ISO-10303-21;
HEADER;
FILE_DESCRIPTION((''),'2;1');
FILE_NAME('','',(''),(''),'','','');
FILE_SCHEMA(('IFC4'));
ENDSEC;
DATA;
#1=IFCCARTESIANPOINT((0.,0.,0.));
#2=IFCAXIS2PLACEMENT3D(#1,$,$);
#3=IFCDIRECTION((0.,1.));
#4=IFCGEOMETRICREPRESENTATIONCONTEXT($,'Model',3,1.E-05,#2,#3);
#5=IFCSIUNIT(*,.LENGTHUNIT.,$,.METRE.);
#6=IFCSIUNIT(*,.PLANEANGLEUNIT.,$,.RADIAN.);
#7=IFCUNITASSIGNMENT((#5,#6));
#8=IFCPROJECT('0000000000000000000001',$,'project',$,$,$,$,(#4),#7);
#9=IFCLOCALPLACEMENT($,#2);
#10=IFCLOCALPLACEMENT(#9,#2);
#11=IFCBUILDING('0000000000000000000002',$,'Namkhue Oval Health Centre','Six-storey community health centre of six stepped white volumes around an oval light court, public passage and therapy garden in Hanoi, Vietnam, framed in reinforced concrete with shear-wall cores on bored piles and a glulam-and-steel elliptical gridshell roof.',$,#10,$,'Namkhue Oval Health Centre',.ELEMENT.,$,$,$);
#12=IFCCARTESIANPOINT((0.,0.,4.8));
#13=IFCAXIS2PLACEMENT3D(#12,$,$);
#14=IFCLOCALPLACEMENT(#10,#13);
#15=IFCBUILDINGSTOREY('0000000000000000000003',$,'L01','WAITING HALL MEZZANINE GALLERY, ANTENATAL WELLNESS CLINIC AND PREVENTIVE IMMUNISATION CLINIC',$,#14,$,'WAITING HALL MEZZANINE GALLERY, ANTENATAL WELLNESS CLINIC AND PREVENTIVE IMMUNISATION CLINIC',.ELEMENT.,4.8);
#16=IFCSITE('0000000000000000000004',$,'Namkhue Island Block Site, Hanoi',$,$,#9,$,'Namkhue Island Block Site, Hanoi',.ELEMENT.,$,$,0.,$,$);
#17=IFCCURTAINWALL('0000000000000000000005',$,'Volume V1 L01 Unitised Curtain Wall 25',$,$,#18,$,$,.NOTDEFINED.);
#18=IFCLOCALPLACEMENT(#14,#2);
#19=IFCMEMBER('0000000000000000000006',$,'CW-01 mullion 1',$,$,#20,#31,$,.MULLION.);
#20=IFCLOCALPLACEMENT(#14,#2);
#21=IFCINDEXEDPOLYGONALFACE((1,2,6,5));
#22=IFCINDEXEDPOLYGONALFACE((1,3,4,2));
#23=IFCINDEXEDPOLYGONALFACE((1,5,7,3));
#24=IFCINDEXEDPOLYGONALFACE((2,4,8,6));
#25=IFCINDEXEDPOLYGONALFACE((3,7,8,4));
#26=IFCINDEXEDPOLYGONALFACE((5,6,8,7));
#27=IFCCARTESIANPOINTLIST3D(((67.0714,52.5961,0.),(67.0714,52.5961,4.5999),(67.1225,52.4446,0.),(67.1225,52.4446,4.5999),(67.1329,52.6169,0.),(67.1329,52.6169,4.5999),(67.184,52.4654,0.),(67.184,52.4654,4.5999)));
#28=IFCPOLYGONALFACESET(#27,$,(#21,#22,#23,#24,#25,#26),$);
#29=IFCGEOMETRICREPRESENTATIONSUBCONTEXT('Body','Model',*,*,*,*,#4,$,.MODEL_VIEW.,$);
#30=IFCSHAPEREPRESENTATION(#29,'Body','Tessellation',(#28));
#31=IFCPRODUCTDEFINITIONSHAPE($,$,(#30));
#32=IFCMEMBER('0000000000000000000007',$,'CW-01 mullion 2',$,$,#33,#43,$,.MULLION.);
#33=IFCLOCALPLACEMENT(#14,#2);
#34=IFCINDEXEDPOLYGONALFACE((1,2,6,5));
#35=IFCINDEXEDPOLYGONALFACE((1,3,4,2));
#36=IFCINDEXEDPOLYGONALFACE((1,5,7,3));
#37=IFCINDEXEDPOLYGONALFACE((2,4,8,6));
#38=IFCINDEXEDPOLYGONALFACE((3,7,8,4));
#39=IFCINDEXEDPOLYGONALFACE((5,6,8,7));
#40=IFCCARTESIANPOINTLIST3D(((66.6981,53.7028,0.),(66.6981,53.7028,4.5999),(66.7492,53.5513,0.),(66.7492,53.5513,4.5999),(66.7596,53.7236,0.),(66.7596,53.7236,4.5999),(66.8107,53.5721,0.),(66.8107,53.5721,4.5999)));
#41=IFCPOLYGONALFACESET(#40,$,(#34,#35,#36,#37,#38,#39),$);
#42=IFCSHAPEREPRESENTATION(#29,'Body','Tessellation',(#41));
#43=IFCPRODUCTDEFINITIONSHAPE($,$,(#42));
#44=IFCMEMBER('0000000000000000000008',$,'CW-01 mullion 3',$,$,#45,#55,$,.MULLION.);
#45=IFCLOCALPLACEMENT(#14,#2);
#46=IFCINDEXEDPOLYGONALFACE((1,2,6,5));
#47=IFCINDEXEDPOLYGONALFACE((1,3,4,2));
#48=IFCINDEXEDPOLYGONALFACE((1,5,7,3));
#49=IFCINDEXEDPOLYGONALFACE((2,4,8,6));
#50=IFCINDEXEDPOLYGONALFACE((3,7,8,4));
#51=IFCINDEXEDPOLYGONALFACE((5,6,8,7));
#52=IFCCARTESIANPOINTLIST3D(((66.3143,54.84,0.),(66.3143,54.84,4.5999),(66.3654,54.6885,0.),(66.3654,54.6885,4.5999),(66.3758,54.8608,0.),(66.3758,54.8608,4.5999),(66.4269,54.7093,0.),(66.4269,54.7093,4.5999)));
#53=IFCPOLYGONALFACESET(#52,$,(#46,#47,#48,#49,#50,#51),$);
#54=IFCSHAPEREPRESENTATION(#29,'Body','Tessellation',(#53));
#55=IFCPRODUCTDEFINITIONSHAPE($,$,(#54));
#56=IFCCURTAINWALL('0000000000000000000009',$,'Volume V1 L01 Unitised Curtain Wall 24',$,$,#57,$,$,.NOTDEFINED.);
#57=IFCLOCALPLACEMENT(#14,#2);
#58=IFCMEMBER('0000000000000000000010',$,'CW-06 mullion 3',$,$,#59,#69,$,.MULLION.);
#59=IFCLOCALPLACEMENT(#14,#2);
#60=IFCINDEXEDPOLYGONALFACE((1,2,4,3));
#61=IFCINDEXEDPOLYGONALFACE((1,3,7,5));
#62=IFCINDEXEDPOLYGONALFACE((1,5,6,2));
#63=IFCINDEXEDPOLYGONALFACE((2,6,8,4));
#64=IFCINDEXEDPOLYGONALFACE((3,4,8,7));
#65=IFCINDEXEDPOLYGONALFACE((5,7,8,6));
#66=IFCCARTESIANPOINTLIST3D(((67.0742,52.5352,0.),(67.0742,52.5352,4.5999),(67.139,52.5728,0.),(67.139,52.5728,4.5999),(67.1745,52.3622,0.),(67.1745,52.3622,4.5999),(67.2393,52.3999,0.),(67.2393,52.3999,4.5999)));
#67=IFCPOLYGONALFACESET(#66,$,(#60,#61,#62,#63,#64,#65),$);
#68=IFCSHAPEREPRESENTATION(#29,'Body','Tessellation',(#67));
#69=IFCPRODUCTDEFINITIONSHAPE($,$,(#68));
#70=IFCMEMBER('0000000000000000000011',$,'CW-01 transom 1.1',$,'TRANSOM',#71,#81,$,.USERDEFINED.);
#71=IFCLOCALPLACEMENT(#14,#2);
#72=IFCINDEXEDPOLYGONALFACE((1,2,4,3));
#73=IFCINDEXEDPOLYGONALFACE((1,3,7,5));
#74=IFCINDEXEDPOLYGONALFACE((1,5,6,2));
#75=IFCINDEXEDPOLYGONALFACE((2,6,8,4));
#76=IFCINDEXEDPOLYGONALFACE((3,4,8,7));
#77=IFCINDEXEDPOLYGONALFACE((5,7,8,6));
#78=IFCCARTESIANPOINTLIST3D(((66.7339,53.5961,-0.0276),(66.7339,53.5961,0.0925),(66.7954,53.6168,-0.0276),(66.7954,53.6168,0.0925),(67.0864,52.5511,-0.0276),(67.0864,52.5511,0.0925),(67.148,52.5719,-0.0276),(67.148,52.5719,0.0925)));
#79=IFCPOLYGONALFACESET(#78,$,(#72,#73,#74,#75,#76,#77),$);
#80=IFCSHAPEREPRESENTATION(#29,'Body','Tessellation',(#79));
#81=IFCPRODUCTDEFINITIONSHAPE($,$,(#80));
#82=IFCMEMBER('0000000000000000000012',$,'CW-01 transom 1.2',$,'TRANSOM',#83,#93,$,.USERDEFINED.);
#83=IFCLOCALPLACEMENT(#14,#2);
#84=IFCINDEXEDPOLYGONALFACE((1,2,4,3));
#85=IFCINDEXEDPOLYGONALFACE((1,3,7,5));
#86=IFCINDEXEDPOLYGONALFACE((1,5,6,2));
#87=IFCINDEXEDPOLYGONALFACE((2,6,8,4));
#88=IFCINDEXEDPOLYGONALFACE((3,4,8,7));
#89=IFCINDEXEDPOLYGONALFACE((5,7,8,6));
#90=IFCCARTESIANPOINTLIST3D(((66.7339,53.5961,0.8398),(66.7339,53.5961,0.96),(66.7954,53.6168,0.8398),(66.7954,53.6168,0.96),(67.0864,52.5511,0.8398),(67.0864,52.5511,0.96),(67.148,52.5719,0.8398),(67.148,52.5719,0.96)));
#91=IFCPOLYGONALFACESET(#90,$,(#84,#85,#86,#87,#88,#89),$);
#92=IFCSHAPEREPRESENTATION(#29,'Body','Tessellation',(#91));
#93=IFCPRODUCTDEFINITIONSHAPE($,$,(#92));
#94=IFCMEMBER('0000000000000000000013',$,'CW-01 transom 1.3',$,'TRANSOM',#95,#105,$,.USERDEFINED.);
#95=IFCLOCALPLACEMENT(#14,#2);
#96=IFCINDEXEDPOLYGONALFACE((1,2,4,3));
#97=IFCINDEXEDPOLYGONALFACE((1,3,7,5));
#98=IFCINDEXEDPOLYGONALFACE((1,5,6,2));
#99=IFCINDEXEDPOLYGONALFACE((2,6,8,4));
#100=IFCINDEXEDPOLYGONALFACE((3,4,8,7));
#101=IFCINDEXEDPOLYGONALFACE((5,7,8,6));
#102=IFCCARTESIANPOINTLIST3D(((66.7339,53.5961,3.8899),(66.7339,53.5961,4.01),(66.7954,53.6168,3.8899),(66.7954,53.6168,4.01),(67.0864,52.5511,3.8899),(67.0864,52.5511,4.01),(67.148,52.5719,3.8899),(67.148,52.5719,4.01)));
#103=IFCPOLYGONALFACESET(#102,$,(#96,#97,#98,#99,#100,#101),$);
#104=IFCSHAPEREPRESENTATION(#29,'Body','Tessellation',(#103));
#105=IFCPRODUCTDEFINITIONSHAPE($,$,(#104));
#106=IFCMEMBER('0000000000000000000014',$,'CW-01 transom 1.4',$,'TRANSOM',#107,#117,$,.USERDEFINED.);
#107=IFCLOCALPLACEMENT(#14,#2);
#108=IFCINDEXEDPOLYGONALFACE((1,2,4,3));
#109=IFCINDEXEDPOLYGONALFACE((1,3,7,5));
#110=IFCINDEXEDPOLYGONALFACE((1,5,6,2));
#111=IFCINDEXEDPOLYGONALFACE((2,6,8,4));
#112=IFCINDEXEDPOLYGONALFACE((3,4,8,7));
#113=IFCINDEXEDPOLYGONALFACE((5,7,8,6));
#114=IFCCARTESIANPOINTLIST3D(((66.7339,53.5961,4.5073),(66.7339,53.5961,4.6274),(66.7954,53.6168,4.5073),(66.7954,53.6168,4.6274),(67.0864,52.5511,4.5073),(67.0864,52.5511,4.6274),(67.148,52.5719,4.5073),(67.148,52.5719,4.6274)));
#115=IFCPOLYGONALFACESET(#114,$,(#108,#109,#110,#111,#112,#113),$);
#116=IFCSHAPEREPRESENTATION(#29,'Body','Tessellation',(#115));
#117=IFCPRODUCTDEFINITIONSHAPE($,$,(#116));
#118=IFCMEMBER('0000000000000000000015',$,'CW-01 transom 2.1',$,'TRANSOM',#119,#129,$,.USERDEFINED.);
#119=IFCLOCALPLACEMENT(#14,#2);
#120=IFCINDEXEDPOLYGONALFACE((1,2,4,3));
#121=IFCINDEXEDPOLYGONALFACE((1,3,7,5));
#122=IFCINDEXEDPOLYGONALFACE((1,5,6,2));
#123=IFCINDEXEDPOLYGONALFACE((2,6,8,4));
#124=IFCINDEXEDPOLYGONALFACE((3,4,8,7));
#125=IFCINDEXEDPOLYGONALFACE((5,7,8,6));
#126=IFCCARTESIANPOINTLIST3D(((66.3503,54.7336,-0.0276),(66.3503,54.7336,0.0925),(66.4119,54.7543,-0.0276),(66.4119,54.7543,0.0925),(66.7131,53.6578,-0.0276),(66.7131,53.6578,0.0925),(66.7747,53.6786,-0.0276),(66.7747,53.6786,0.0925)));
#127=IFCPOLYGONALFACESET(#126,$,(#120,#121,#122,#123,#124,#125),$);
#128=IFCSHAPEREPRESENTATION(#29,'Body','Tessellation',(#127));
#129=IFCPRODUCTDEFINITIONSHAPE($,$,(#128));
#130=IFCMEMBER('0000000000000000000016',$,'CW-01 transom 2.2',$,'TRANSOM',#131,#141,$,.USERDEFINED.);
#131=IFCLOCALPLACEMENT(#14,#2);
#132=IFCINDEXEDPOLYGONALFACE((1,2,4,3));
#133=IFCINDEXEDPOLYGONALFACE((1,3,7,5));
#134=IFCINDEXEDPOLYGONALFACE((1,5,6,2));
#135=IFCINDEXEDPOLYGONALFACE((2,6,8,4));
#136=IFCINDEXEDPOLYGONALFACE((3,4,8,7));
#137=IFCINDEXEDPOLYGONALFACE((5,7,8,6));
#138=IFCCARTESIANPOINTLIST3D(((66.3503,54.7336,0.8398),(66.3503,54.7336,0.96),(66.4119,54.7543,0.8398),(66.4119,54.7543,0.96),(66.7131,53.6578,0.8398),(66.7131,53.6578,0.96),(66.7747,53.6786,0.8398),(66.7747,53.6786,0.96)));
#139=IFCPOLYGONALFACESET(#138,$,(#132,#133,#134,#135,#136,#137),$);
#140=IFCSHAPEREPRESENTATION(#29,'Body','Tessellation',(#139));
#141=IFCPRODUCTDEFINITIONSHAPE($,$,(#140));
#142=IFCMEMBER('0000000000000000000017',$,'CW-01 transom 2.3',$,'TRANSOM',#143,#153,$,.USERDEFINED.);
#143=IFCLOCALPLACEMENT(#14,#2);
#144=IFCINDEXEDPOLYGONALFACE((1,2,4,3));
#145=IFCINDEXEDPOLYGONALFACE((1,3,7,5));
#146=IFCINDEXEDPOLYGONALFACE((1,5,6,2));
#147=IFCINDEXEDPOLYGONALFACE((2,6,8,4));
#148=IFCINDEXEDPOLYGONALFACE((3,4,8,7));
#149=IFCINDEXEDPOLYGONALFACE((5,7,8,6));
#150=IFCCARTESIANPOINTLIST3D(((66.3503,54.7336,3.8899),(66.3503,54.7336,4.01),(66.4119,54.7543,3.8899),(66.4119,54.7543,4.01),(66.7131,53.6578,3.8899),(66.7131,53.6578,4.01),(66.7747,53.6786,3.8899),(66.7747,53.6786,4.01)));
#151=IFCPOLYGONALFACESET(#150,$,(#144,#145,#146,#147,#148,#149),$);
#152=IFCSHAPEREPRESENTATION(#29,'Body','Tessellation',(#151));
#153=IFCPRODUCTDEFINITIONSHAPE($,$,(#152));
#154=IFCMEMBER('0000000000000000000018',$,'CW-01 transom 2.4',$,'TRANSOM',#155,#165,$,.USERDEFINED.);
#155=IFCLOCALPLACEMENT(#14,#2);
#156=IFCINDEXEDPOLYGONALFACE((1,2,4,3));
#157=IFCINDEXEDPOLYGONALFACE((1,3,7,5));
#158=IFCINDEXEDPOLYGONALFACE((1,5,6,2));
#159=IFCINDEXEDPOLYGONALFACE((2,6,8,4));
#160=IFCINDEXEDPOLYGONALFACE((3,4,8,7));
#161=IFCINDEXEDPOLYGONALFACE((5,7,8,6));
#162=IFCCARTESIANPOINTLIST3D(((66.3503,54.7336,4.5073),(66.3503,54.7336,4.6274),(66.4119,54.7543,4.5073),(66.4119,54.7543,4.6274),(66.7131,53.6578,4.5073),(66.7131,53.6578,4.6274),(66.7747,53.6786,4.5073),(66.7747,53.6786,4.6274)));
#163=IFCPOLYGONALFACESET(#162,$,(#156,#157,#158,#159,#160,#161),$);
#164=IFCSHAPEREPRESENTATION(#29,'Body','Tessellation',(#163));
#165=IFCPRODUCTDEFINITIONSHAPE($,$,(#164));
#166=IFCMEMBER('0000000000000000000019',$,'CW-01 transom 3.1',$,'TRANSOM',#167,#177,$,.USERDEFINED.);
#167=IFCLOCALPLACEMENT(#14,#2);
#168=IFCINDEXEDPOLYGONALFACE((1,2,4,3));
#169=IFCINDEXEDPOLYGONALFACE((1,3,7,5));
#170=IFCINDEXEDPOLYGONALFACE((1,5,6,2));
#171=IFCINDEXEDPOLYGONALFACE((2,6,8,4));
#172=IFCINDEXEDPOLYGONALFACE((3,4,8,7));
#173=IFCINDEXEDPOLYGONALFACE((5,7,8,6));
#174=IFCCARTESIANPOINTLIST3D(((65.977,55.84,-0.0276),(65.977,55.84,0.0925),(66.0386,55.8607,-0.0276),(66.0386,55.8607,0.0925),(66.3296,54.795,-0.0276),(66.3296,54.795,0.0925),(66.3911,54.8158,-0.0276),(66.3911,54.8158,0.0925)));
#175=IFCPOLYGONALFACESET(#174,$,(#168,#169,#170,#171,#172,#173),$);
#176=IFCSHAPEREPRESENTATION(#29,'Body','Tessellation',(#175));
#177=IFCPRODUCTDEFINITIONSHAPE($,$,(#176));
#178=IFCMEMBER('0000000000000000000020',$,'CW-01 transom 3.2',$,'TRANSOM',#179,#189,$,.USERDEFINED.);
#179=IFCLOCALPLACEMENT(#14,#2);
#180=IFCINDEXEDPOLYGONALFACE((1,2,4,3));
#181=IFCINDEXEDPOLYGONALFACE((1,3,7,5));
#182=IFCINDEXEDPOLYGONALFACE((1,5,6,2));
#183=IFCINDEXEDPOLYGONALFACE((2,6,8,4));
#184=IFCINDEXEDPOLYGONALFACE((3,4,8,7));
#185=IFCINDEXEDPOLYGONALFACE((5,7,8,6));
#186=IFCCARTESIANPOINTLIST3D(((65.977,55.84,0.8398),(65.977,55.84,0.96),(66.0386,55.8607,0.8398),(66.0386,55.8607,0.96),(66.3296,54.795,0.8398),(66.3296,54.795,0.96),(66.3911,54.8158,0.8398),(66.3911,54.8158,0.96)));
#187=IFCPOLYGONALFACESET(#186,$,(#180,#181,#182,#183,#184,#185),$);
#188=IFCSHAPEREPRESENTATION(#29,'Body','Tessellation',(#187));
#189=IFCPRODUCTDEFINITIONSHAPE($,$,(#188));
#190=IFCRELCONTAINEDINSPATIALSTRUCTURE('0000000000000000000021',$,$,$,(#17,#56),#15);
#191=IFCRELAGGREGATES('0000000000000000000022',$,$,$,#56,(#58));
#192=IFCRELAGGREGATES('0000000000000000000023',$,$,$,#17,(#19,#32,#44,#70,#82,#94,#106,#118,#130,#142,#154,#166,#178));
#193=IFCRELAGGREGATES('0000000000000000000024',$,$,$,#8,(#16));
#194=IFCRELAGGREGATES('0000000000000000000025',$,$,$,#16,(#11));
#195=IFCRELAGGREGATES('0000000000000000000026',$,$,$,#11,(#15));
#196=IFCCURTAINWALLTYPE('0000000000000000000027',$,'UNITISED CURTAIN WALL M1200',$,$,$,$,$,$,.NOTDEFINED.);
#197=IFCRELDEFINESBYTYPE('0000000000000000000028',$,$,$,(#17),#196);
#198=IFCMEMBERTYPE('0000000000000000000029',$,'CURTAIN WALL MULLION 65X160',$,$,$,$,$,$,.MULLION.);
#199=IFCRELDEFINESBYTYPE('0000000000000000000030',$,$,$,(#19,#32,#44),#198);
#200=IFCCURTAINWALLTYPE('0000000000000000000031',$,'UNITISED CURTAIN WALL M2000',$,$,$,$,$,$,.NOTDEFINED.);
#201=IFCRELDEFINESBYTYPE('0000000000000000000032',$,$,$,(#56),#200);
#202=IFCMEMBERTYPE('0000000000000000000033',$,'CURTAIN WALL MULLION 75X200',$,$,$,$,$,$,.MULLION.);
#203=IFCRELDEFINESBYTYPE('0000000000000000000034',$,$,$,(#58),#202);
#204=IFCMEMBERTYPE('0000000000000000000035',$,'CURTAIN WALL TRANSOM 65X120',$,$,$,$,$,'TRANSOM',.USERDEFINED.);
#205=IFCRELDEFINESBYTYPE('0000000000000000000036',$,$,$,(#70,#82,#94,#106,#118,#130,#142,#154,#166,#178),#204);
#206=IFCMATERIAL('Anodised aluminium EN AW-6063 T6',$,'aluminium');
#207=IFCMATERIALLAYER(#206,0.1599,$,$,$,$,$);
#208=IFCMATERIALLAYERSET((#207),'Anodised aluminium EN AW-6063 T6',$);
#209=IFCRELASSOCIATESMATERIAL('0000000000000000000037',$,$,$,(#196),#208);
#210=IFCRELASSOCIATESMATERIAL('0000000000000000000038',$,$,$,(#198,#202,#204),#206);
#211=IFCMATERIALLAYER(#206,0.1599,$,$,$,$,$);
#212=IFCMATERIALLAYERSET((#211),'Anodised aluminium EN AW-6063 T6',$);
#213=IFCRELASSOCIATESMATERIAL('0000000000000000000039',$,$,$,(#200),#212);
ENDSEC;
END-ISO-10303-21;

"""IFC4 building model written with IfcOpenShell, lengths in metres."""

from ifc_helpers import new_model, si_unit, direction, frame, origin, origin_2d, place, context, subcontext, project, spatial, rectangle, extrude, material, layer, layer_set, material_profile, profile_set, type_object, element, aggregate, save


model = new_model("IFC4")

# Units and contexts
model_context = context("Model", 3, precision=1e-05, world=origin(), true_north=direction((0.0, 1.0)))
body_context = subcontext(model_context, "Body", "Model", "MODEL_VIEW")
ifc_project = project(units=[si_unit("LENGTHUNIT", "METRE"), si_unit("PLANEANGLEUNIT", "RADIAN")], contexts=[model_context])

# Site, building, storey
site_placement = place(None, origin())
site = spatial("IfcSite", under=ifc_project, at=site_placement, Name="Namkhue Island Block Site, Hanoi", LongName="Namkhue Island Block Site, Hanoi", CompositionType="ELEMENT", RefElevation=0.0)
building_placement = place(site_placement, origin())
building = spatial("IfcBuilding", under=site, at=building_placement, Name="Namkhue Oval Health Centre", Description="Six-storey community health centre of six stepped white volumes around an oval light court, public passage and therapy garden in Hanoi, Vietnam, framed in reinforced concrete with shear-wall cores on bored piles and a glulam-and-steel elliptical gridshell roof.", LongName="Namkhue Oval Health Centre", CompositionType="ELEMENT")
storey_placement = place(building_placement, frame((0.0, 0.0, 4.8)))
storey = spatial("IfcBuildingStorey", under=building, at=storey_placement, Name="L01", Description="WAITING HALL MEZZANINE GALLERY, ANTENATAL WELLNESS CLINIC AND PREVENTIVE IMMUNISATION CLINIC", LongName="WAITING HALL MEZZANINE GALLERY, ANTENATAL WELLNESS CLINIC AND PREVENTIVE IMMUNISATION CLINIC", CompositionType="ELEMENT", Elevation=4.8)

# Curtain wall, members
ifc_material_1 = material(Name="Anodised aluminium EN AW-6063 T6", Category="aluminium")
ifc_layer_1 = layer(ifc_material_1, 0.1599)
ifc_layer_set_1 = layer_set([ifc_layer_1], Name="Anodised aluminium EN AW-6063 T6")
curtain_wall_type_1 = type_object("IfcCurtainWallType", Name="UNITISED CURTAIN WALL M1200", PredefinedType="NOTDEFINED", material=ifc_layer_set_1)
curtain_wall_1_placement = place(storey_placement, origin())
curtain_wall_1 = element("IfcCurtainWall", 1, at=curtain_wall_1_placement, inside=storey, type_object=curtain_wall_type_1, Name="Volume V1 L01 Unitised Curtain Wall 25", PredefinedType="NOTDEFINED")
ifc_material_profile_1 = material_profile(ifc_material_1, rectangle(XDim=0.0649, YDim=0.1599, at=origin_2d()), Name="ALU 65x160")
ifc_profile_set_1 = profile_set([ifc_material_profile_1], Name="Anodised aluminium EN AW-6063 T6")
member_type_1 = type_object("IfcMemberType", Name="CURTAIN WALL MULLION 65X160", PredefinedType="MULLION", material=ifc_profile_set_1)
member_1_placement = place(storey_placement, frame((67.1277, 52.5308, 0.0), z_axis=(0.0, 0.0, 1.0), x_axis=(-0.947539, -0.319642, 0.0)))
member_1 = element("IfcMember", 2, at=member_1_placement, type_object=member_type_1, Name="CW-01 mullion 1", PredefinedType="MULLION", context=body_context, shape_type="SweptSolid", body=[
    extrude(rectangle(XDim=0.0649, YDim=0.1599, at=origin_2d()), origin(), (0.0, 0.0, 1.0), 4.5999),
])
member_2_placement = place(storey_placement, frame((66.7544, 53.6375, 0.0), z_axis=(0.0, 0.0, 1.0), x_axis=(-0.947539, -0.319642, 0.0)))
member_2 = element("IfcMember", 3, at=member_2_placement, type_object=member_type_1, Name="CW-01 mullion 2", PredefinedType="MULLION", context=body_context, shape_type="SweptSolid", body=[
    extrude(rectangle(XDim=0.0649, YDim=0.1599, at=origin_2d()), origin(), (0.0, 0.0, 1.0), 4.5999),
])
member_3_placement = place(storey_placement, frame((66.3706, 54.7747, 0.0), z_axis=(0.0, 0.0, 1.0), x_axis=(-0.947539, -0.319642, 0.0)))
member_3 = element("IfcMember", 4, at=member_3_placement, type_object=member_type_1, Name="CW-01 mullion 3", PredefinedType="MULLION", context=body_context, shape_type="SweptSolid", body=[
    extrude(rectangle(XDim=0.0649, YDim=0.1599, at=origin_2d()), origin(), (0.0, 0.0, 1.0), 4.5999),
])

# Curtain wall, member
ifc_layer_2 = layer(ifc_material_1, 0.1599)
ifc_layer_set_2 = layer_set([ifc_layer_2], Name="Anodised aluminium EN AW-6063 T6")
curtain_wall_type_2 = type_object("IfcCurtainWallType", Name="UNITISED CURTAIN WALL M2000", PredefinedType="NOTDEFINED", material=ifc_layer_set_2)
curtain_wall_2_placement = place(storey_placement, origin())
curtain_wall_2 = element("IfcCurtainWall", 5, at=curtain_wall_2_placement, inside=storey, type_object=curtain_wall_type_2, Name="Volume V1 L01 Unitised Curtain Wall 24", PredefinedType="NOTDEFINED")
ifc_material_profile_2 = material_profile(ifc_material_1, rectangle(XDim=0.075, YDim=0.2, at=origin_2d()), Name="ALU 75x200")
ifc_profile_set_2 = profile_set([ifc_material_profile_2], Name="Anodised aluminium EN AW-6063 T6")
member_type_2 = type_object("IfcMemberType", Name="CURTAIN WALL MULLION 75X200", PredefinedType="MULLION", material=ifc_profile_set_2)
member_4_placement = place(storey_placement, frame((67.1567, 52.4675, 0.0), z_axis=(0.0, 0.0, 1.0), x_axis=(-0.865008, -0.501758, 0.0)))
member_4 = element("IfcMember", 6, at=member_4_placement, type_object=member_type_2, Name="CW-06 mullion 3", PredefinedType="MULLION", context=body_context, shape_type="SweptSolid", body=[
    extrude(rectangle(XDim=0.075, YDim=0.2, at=origin_2d()), origin(), (0.0, 0.0, 1.0), 4.5999),
])
aggregate(curtain_wall_2, [member_4])

# Members
ifc_material_profile_3 = material_profile(ifc_material_1, rectangle(XDim=0.0649, YDim=0.1201, at=origin_2d()), Name="ALU 65x120")
ifc_profile_set_3 = profile_set([ifc_material_profile_3], Name="Anodised aluminium EN AW-6063 T6")
member_type_3 = type_object("IfcMemberType", Name="CURTAIN WALL TRANSOM 65X120", ElementType="TRANSOM", PredefinedType="USERDEFINED", material=ifc_profile_set_3)
member_5_placement = place(storey_placement, frame((67.1172, 52.5615, 0.0325), z_axis=(-0.319679, 0.947526, 0.0), x_axis=(-0.947526, -0.319679, 0.0)))
member_5 = element("IfcMember", 7, at=member_5_placement, type_object=member_type_3, Name="CW-01 transom 1.1", ObjectType="TRANSOM", PredefinedType="USERDEFINED", context=body_context, shape_type="SweptSolid", body=[
    extrude(rectangle(XDim=0.0649, YDim=0.1201, at=origin_2d()), origin(), (0.0, 0.0, 1.0), 1.1028),
])
member_6_placement = place(storey_placement, frame((67.1172, 52.5615, 0.8999), z_axis=(-0.319679, 0.947526, 0.0), x_axis=(-0.947526, -0.319679, 0.0)))
member_6 = element("IfcMember", 8, at=member_6_placement, type_object=member_type_3, Name="CW-01 transom 1.2", ObjectType="TRANSOM", PredefinedType="USERDEFINED", context=body_context, shape_type="SweptSolid", body=[
    extrude(rectangle(XDim=0.0649, YDim=0.1201, at=origin_2d()), origin(), (0.0, 0.0, 1.0), 1.1028),
])
member_7_placement = place(storey_placement, frame((67.1172, 52.5615, 3.95), z_axis=(-0.319679, 0.947526, 0.0), x_axis=(-0.947526, -0.319679, 0.0)))
member_7 = element("IfcMember", 9, at=member_7_placement, type_object=member_type_3, Name="CW-01 transom 1.3", ObjectType="TRANSOM", PredefinedType="USERDEFINED", context=body_context, shape_type="SweptSolid", body=[
    extrude(rectangle(XDim=0.0649, YDim=0.1201, at=origin_2d()), origin(), (0.0, 0.0, 1.0), 1.1028),
])
member_8_placement = place(storey_placement, frame((67.1172, 52.5615, 4.5674), z_axis=(-0.319679, 0.947526, 0.0), x_axis=(-0.947526, -0.319679, 0.0)))
member_8 = element("IfcMember", 10, at=member_8_placement, type_object=member_type_3, Name="CW-01 transom 1.4", ObjectType="TRANSOM", PredefinedType="USERDEFINED", context=body_context, shape_type="SweptSolid", body=[
    extrude(rectangle(XDim=0.0649, YDim=0.1201, at=origin_2d()), origin(), (0.0, 0.0, 1.0), 1.1028),
])
member_9_placement = place(storey_placement, frame((66.7439, 53.6682, 0.0325), z_axis=(-0.319581, 0.947559, 0.0), x_axis=(-0.947559, -0.319581, 0.0)))
member_9 = element("IfcMember", 11, at=member_9_placement, type_object=member_type_3, Name="CW-01 transom 2.1", ObjectType="TRANSOM", PredefinedType="USERDEFINED", context=body_context, shape_type="SweptSolid", body=[
    extrude(rectangle(XDim=0.0649, YDim=0.1201, at=origin_2d()), origin(), (0.0, 0.0, 1.0), 1.1353),
])
member_10_placement = place(storey_placement, frame((66.7439, 53.6682, 0.8999), z_axis=(-0.319581, 0.947559, 0.0), x_axis=(-0.947559, -0.319581, 0.0)))
member_10 = element("IfcMember", 12, at=member_10_placement, type_object=member_type_3, Name="CW-01 transom 2.2", ObjectType="TRANSOM", PredefinedType="USERDEFINED", context=body_context, shape_type="SweptSolid", body=[
    extrude(rectangle(XDim=0.0649, YDim=0.1201, at=origin_2d()), origin(), (0.0, 0.0, 1.0), 1.1353),
])
member_11_placement = place(storey_placement, frame((66.7439, 53.6682, 3.95), z_axis=(-0.319581, 0.947559, 0.0), x_axis=(-0.947559, -0.319581, 0.0)))
member_11 = element("IfcMember", 13, at=member_11_placement, type_object=member_type_3, Name="CW-01 transom 2.3", ObjectType="TRANSOM", PredefinedType="USERDEFINED", context=body_context, shape_type="SweptSolid", body=[
    extrude(rectangle(XDim=0.0649, YDim=0.1201, at=origin_2d()), origin(), (0.0, 0.0, 1.0), 1.1353),
])
member_12_placement = place(storey_placement, frame((66.7439, 53.6682, 4.5674), z_axis=(-0.319581, 0.947559, 0.0), x_axis=(-0.947559, -0.319581, 0.0)))
member_12 = element("IfcMember", 14, at=member_12_placement, type_object=member_type_3, Name="CW-01 transom 2.4", ObjectType="TRANSOM", PredefinedType="USERDEFINED", context=body_context, shape_type="SweptSolid", body=[
    extrude(rectangle(XDim=0.0649, YDim=0.1201, at=origin_2d()), origin(), (0.0, 0.0, 1.0), 1.1353),
])
member_13_placement = place(storey_placement, frame((66.3604, 54.8054, 0.0325), z_axis=(-0.319679, 0.947526, 0.0), x_axis=(-0.947526, -0.319679, 0.0)))
member_13 = element("IfcMember", 15, at=member_13_placement, type_object=member_type_3, Name="CW-01 transom 3.1", ObjectType="TRANSOM", PredefinedType="USERDEFINED", context=body_context, shape_type="SweptSolid", body=[
    extrude(rectangle(XDim=0.0649, YDim=0.1201, at=origin_2d()), origin(), (0.0, 0.0, 1.0), 1.1028),
])
member_14_placement = place(storey_placement, frame((66.3604, 54.8054, 0.8999), z_axis=(-0.319679, 0.947526, 0.0), x_axis=(-0.947526, -0.319679, 0.0)))
member_14 = element("IfcMember", 16, at=member_14_placement, type_object=member_type_3, Name="CW-01 transom 3.2", ObjectType="TRANSOM", PredefinedType="USERDEFINED", context=body_context, shape_type="SweptSolid", body=[
    extrude(rectangle(XDim=0.0649, YDim=0.1201, at=origin_2d()), origin(), (0.0, 0.0, 1.0), 1.1028),
])

aggregate(curtain_wall_1, [member_1, member_2, member_3, member_5, member_6, member_7, member_8, member_9, member_10, member_11, member_12, member_13, member_14])

save(model, "model.ifc")
